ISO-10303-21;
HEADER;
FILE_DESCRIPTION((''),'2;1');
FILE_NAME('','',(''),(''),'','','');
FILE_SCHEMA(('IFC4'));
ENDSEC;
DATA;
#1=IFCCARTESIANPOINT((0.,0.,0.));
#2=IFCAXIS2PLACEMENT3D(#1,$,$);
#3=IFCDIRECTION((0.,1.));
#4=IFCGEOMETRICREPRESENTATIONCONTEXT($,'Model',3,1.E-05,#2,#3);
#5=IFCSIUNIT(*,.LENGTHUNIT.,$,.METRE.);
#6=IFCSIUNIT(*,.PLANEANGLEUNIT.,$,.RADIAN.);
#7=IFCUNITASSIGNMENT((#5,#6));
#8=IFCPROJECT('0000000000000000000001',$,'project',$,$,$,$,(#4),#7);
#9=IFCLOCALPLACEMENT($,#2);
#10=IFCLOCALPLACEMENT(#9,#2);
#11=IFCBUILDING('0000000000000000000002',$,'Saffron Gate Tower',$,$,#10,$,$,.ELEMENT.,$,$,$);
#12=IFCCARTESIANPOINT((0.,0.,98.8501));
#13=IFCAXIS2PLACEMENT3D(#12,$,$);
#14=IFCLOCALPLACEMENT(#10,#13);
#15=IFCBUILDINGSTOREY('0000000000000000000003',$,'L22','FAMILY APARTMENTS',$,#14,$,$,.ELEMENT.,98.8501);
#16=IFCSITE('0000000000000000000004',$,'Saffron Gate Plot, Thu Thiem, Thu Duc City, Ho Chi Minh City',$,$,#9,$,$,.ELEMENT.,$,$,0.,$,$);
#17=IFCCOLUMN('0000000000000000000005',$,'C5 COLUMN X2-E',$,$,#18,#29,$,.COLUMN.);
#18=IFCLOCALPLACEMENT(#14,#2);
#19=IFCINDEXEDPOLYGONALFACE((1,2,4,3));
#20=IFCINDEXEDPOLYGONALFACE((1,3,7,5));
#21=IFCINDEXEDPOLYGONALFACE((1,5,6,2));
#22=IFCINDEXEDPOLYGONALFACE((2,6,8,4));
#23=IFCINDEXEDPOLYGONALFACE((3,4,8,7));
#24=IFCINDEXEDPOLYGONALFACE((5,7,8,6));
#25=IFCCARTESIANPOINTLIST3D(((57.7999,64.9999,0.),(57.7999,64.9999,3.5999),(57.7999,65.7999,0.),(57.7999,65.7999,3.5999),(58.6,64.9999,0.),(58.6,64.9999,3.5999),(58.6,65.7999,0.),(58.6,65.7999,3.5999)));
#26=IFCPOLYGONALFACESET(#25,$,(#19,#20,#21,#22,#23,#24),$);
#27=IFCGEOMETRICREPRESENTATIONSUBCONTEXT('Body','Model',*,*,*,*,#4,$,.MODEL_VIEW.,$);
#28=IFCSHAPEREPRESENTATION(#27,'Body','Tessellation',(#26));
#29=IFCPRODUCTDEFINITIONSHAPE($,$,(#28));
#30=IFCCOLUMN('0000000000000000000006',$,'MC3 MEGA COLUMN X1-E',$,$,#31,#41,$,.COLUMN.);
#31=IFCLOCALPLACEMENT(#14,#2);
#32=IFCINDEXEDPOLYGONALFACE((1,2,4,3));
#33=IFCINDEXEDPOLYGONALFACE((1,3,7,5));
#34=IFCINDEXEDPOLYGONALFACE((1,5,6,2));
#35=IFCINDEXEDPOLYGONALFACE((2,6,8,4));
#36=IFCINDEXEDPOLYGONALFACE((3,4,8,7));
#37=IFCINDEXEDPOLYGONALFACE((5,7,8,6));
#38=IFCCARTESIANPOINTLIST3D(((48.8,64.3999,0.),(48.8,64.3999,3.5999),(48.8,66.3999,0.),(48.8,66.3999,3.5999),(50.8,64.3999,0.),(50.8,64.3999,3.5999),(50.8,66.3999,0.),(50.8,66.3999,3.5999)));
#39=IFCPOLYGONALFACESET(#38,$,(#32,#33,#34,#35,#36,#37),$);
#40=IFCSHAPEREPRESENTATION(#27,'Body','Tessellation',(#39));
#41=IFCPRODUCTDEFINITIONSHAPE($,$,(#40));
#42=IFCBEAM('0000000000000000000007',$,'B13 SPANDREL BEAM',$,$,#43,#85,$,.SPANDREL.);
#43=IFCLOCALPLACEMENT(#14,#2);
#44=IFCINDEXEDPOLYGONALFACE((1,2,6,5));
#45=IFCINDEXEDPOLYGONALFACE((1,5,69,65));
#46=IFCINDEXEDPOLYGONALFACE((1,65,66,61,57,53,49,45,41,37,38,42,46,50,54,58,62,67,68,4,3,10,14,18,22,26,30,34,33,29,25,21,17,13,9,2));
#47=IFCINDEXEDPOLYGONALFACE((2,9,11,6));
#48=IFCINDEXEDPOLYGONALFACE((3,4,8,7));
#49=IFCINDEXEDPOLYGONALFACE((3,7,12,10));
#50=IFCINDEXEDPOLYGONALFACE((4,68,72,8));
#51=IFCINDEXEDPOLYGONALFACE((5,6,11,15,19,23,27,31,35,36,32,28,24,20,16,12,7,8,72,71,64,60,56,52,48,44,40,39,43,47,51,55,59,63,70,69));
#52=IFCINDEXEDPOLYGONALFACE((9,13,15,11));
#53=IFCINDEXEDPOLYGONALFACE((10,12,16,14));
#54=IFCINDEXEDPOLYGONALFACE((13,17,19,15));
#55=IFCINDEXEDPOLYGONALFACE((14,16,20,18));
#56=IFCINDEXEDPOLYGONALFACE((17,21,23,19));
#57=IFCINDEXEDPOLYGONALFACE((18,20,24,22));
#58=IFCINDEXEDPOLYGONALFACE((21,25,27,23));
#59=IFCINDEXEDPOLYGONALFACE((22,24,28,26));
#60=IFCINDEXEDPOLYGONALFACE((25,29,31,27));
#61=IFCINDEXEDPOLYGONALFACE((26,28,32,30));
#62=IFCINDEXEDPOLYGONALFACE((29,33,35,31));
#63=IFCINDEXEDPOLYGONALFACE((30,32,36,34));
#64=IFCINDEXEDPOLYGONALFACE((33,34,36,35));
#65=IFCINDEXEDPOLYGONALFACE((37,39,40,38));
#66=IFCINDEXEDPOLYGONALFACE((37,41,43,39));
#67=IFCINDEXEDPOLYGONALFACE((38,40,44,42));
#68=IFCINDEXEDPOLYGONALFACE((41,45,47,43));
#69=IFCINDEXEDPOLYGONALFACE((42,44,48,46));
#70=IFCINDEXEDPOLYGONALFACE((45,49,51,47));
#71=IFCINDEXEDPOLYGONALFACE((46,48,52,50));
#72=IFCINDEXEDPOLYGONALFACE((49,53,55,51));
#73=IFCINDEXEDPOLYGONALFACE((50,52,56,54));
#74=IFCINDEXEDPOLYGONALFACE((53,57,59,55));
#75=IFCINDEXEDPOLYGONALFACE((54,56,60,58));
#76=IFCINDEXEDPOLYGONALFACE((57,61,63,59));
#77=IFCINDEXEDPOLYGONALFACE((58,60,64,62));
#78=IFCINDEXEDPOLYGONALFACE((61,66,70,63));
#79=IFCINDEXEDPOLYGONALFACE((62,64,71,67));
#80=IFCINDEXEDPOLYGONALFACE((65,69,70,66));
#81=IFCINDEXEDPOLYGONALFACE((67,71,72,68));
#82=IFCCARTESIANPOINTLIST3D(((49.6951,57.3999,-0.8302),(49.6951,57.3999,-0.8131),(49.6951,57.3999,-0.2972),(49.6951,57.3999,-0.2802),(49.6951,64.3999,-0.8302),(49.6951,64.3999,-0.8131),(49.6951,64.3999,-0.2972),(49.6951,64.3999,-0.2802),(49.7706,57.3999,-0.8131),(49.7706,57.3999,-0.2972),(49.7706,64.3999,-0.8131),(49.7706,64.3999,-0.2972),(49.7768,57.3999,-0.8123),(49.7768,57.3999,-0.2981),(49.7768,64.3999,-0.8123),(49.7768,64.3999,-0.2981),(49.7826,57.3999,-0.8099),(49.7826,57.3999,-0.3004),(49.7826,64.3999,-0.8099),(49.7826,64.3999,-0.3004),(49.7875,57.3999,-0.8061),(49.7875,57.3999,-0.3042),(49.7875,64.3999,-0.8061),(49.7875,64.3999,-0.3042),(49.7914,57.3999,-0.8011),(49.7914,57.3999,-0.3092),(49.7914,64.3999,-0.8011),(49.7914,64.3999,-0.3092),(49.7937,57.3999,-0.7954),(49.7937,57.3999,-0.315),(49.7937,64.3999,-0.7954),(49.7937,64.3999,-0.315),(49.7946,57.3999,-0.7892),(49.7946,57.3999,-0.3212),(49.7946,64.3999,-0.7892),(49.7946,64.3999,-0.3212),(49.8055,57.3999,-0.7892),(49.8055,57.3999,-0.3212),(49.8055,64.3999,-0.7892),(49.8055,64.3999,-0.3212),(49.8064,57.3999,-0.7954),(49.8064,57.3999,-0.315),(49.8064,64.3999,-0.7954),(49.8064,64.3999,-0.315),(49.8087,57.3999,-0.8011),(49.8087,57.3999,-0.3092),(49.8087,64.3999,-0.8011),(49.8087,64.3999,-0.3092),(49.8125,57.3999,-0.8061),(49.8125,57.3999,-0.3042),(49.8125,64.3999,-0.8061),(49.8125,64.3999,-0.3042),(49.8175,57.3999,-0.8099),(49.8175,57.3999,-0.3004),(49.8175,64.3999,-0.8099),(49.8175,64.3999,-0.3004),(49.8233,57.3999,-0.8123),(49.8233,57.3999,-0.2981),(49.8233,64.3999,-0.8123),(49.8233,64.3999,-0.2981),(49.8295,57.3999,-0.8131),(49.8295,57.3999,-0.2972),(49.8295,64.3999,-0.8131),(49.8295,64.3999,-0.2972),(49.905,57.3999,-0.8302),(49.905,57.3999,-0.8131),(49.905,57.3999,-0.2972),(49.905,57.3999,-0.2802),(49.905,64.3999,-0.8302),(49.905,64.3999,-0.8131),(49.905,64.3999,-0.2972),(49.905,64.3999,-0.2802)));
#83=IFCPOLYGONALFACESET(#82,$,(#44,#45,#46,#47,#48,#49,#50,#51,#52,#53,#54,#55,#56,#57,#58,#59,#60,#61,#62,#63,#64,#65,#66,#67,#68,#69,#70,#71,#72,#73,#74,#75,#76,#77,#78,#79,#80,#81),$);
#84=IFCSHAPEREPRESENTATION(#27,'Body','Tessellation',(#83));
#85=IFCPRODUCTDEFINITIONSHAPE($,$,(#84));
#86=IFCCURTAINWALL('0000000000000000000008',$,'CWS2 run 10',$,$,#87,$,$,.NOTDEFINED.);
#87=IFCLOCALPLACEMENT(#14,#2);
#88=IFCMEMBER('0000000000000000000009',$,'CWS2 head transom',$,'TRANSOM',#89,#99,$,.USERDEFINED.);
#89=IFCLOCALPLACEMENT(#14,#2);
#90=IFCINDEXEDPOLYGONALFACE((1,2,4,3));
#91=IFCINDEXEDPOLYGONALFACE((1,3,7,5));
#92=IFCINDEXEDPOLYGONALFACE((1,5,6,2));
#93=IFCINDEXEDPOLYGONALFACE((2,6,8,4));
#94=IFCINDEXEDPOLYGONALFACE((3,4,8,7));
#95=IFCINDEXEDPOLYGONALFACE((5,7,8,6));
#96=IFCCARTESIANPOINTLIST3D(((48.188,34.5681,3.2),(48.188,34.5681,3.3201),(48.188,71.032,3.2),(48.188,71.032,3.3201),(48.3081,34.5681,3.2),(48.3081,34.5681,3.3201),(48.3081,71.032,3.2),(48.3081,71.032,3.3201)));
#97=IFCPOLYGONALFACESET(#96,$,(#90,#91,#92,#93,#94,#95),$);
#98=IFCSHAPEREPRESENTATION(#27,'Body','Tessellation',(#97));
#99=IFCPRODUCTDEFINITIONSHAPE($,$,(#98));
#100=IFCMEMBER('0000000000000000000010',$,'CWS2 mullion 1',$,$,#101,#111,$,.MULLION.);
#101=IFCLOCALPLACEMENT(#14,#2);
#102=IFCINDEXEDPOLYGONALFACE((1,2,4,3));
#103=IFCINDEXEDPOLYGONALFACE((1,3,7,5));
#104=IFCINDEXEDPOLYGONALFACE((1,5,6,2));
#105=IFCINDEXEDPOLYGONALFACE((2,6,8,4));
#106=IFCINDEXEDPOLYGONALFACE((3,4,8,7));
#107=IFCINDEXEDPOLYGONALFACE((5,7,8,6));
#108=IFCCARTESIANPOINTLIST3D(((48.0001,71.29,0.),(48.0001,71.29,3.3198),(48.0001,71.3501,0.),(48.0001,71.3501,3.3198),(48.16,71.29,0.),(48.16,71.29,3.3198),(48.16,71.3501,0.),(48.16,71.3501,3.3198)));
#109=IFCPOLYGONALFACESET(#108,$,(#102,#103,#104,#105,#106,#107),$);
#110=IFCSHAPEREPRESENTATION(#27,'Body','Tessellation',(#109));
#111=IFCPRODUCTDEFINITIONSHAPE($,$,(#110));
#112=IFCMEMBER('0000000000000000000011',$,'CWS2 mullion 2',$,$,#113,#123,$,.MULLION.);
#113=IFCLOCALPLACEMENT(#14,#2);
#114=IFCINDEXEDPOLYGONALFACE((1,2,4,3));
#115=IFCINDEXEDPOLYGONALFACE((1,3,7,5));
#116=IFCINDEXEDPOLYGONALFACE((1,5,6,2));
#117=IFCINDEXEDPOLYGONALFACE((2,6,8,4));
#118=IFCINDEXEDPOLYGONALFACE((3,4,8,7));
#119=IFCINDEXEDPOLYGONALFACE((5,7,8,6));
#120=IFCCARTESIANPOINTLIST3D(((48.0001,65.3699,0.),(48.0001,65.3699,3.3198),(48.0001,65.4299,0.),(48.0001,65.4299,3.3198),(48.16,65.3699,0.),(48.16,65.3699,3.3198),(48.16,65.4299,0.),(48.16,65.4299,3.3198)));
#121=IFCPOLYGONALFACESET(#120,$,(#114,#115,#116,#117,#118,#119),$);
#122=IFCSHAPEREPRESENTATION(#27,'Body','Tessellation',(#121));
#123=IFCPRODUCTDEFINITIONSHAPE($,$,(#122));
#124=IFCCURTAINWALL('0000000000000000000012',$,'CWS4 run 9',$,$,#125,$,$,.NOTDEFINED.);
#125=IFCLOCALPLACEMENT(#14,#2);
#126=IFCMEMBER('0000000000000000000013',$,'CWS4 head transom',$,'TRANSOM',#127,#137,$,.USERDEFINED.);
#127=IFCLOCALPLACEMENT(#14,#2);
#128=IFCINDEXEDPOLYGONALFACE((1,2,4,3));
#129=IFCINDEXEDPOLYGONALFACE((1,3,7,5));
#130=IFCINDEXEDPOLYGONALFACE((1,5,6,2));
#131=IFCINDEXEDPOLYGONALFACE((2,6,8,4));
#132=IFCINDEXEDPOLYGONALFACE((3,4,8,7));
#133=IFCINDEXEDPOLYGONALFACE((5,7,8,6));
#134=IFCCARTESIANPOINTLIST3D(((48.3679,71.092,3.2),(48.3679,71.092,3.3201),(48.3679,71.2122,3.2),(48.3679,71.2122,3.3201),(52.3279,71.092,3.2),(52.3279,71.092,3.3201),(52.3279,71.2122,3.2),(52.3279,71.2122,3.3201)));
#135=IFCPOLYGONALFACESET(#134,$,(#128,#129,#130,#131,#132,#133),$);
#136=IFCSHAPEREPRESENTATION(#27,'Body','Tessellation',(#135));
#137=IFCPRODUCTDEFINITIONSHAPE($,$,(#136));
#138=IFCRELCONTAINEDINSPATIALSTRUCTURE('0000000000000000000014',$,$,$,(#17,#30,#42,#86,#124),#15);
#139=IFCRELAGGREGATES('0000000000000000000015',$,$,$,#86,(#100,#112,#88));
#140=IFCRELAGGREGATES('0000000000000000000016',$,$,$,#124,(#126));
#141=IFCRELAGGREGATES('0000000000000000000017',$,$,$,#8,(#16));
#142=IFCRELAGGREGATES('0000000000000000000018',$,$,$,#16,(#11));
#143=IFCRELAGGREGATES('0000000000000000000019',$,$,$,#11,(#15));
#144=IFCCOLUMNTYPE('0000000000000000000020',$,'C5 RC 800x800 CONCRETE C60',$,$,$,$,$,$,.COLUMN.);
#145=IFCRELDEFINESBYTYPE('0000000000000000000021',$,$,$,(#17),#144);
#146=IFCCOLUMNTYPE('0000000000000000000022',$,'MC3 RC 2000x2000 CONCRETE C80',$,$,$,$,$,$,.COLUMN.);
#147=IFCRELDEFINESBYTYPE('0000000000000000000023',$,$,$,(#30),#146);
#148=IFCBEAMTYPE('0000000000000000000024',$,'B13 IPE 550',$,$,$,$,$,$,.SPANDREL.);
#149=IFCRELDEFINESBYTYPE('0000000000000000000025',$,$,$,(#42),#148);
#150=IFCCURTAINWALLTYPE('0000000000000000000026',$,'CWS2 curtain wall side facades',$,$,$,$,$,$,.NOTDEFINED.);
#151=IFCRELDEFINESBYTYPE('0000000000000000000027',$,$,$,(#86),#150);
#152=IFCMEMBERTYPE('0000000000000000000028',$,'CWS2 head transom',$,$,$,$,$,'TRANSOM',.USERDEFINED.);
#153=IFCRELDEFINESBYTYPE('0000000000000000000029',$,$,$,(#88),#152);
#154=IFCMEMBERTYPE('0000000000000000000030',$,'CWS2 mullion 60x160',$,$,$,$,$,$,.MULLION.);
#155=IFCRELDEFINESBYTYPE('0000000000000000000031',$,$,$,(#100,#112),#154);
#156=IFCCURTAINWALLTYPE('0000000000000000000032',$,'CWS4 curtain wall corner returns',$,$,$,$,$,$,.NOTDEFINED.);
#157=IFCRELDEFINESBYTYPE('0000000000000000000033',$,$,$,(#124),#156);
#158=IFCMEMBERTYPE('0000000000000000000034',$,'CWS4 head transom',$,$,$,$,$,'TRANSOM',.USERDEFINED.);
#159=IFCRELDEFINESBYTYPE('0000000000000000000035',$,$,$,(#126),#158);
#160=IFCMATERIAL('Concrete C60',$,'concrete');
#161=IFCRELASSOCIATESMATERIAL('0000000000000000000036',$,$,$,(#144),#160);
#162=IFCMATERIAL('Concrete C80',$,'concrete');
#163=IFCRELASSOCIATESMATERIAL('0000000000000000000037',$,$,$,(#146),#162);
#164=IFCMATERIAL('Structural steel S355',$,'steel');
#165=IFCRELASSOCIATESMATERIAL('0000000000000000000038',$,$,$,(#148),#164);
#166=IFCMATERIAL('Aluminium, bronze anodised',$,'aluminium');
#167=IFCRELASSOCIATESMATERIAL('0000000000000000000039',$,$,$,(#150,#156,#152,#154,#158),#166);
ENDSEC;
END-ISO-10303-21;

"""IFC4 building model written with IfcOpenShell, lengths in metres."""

from ifc_helpers import new_model, si_unit, direction, frame, origin, origin_2d, place, context, subcontext, project, spatial, rectangle, i_section, extrude, material, material_profile, profile_set, type_object, element, aggregate, save


model = new_model("IFC4")

# Units and contexts
model_context = context("Model", 3, precision=1e-05, world=origin(), true_north=direction((0.0, 1.0)))
body_context = subcontext(model_context, "Body", "Model", "MODEL_VIEW")
ifc_project = project(units=[si_unit("LENGTHUNIT", "METRE"), si_unit("PLANEANGLEUNIT", "RADIAN")], contexts=[model_context])

# Site, building, storey
site_placement = place(None, origin())
site = spatial("IfcSite", under=ifc_project, at=site_placement, Name="Saffron Gate Plot, Thu Thiem, Thu Duc City, Ho Chi Minh City", CompositionType="ELEMENT", RefElevation=0.0)
building_placement = place(site_placement, origin())
building = spatial("IfcBuilding", under=site, at=building_placement, Name="Saffron Gate Tower", CompositionType="ELEMENT")
storey_placement = place(building_placement, frame((0.0, 0.0, 98.8501)))
storey = spatial("IfcBuildingStorey", under=building, at=storey_placement, Name="L22", Description="FAMILY APARTMENTS", CompositionType="ELEMENT", Elevation=98.8501)

# Columns
ifc_material_1 = material(Name="Concrete C60", Category="concrete")
ifc_material_profile_1 = material_profile(ifc_material_1, rectangle(XDim=0.8, YDim=0.8, at=origin_2d()))
ifc_profile_set_1 = profile_set([ifc_material_profile_1], Name="Concrete C60")
column_type_1 = type_object("IfcColumnType", Name="C5 RC 800x800 CONCRETE C60", PredefinedType="COLUMN", material=ifc_profile_set_1)
column_1_placement = place(storey_placement, frame((58.2, 65.3999, 0.0), z_axis=(0.0, 0.0, 1.0), x_axis=(1.0, 0.0, 0.0)))
element("IfcColumn", 1, at=column_1_placement, inside=storey, type_object=column_type_1, Name="C5 COLUMN X2-E", PredefinedType="COLUMN", context=body_context, shape_type="SweptSolid", body=[
    extrude(rectangle(XDim=0.8, YDim=0.8, at=origin_2d()), origin(), (0.0, 0.0, 1.0), 3.5999),
])
ifc_material_2 = material(Name="Concrete C80", Category="concrete")
ifc_material_profile_2 = material_profile(ifc_material_2, rectangle(XDim=2.0, YDim=2.0, at=origin_2d()))
ifc_profile_set_2 = profile_set([ifc_material_profile_2], Name="Concrete C80")
column_type_2 = type_object("IfcColumnType", Name="MC3 RC 2000x2000 CONCRETE C80", PredefinedType="COLUMN", material=ifc_profile_set_2)
column_2_placement = place(storey_placement, frame((49.8, 65.3999, 0.0), z_axis=(0.0, 0.0, 1.0), x_axis=(1.0, 0.0, 0.0)))
element("IfcColumn", 2, at=column_2_placement, inside=storey, type_object=column_type_2, Name="MC3 MEGA COLUMN X1-E", PredefinedType="COLUMN", context=body_context, shape_type="SweptSolid", body=[
    extrude(rectangle(XDim=2.0, YDim=2.0, at=origin_2d()), origin(), (0.0, 0.0, 1.0), 3.5999),
])

# Beam
ifc_material_3 = material(Name="Structural steel S355", Category="steel")
ifc_material_profile_3 = material_profile(ifc_material_3, i_section(OverallWidth=0.21, OverallDepth=0.55, WebThickness=0.011, FlangeThickness=0.0171, FilletRadius=0.0239, at=origin_2d()))
ifc_profile_set_3 = profile_set([ifc_material_profile_3], Name="Structural steel S355")
beam_type = type_object("IfcBeamType", Name="B13 IPE 550", PredefinedType="SPANDREL", material=ifc_profile_set_3)
beam_placement = place(storey_placement, frame((49.8, 57.3999, -0.5552), z_axis=(0.0, 1.0, 0.0), x_axis=(-1.0, 0.0, 0.0)))
element("IfcBeam", 3, at=beam_placement, inside=storey, type_object=beam_type, Name="B13 SPANDREL BEAM", PredefinedType="SPANDREL", context=body_context, shape_type="SweptSolid", body=[
    extrude(i_section(OverallWidth=0.21, OverallDepth=0.55, WebThickness=0.011, FlangeThickness=0.0171, FilletRadius=0.0239, at=origin_2d()), origin(), (0.0, 0.0, 1.0), 7.0),
])

# Curtain wall, members
ifc_material_4 = material(Name="Aluminium, bronze anodised", Category="aluminium")
curtain_wall_type_1 = type_object("IfcCurtainWallType", Name="CWS2 curtain wall side facades", PredefinedType="NOTDEFINED", material=ifc_material_4)
curtain_wall_1_placement = place(storey_placement, origin())
curtain_wall_1 = element("IfcCurtainWall", 4, at=curtain_wall_1_placement, inside=storey, type_object=curtain_wall_type_1, Name="CWS2 run 10", PredefinedType="NOTDEFINED")
ifc_material_profile_4 = material_profile(ifc_material_4, rectangle(XDim=0.1201, YDim=0.1201, at=origin_2d()))
ifc_profile_set_4 = profile_set([ifc_material_profile_4], Name="Aluminium, bronze anodised")
member_type_1 = type_object("IfcMemberType", Name="CWS2 head transom", ElementType="TRANSOM", PredefinedType="USERDEFINED", material=ifc_profile_set_4)
member_1_placement = place(storey_placement, frame((48.248, 71.032, 3.26), z_axis=(0.0, -1.0, 0.0), x_axis=(1.0, 0.0, 0.0)))
member_1 = element("IfcMember", 5, at=member_1_placement, type_object=member_type_1, Name="CWS2 head transom", ObjectType="TRANSOM", PredefinedType="USERDEFINED", context=body_context, shape_type="SweptSolid", body=[
    extrude(rectangle(XDim=0.1201, YDim=0.1201, at=origin_2d()), origin(), (0.0, 0.0, 1.0), 36.4639),
])
ifc_material_profile_5 = material_profile(ifc_material_4, rectangle(XDim=0.1599, YDim=0.0601, at=origin_2d()))
ifc_profile_set_5 = profile_set([ifc_material_profile_5], Name="Aluminium, bronze anodised")
member_type_2 = type_object("IfcMemberType", Name="CWS2 mullion 60x160", PredefinedType="MULLION", material=ifc_profile_set_5)
member_2_placement = place(storey_placement, frame((48.0801, 71.3201, 0.0), z_axis=(0.0, 0.0, 1.0), x_axis=(1.0, 0.0, 0.0)))
member_2 = element("IfcMember", 6, at=member_2_placement, type_object=member_type_2, Name="CWS2 mullion 1", PredefinedType="MULLION", context=body_context, shape_type="SweptSolid", body=[
    extrude(rectangle(XDim=0.1599, YDim=0.0601, at=origin_2d()), origin(), (0.0, 0.0, 1.0), 3.3198),
])
member_3_placement = place(storey_placement, frame((48.0801, 65.3999, 0.0), z_axis=(0.0, 0.0, 1.0), x_axis=(1.0, 0.0, 0.0)))
member_3 = element("IfcMember", 7, at=member_3_placement, type_object=member_type_2, Name="CWS2 mullion 2", PredefinedType="MULLION", context=body_context, shape_type="SweptSolid", body=[
    extrude(rectangle(XDim=0.1599, YDim=0.0601, at=origin_2d()), origin(), (0.0, 0.0, 1.0), 3.3198),
])

# Curtain wall, member
curtain_wall_type_2 = type_object("IfcCurtainWallType", Name="CWS4 curtain wall corner returns", PredefinedType="NOTDEFINED", material=ifc_material_4)
curtain_wall_2_placement = place(storey_placement, origin())
curtain_wall_2 = element("IfcCurtainWall", 8, at=curtain_wall_2_placement, inside=storey, type_object=curtain_wall_type_2, Name="CWS4 run 9", PredefinedType="NOTDEFINED")
ifc_material_profile_6 = material_profile(ifc_material_4, rectangle(XDim=0.1201, YDim=0.1201, at=origin_2d()))
ifc_profile_set_6 = profile_set([ifc_material_profile_6], Name="Aluminium, bronze anodised")
member_type_3 = type_object("IfcMemberType", Name="CWS4 head transom", ElementType="TRANSOM", PredefinedType="USERDEFINED", material=ifc_profile_set_6)
member_4_placement = place(storey_placement, frame((52.3279, 71.1521, 3.26), z_axis=(-1.0, 0.0, 0.0), x_axis=(0.0, -1.0, 0.0)))
member_4 = element("IfcMember", 9, at=member_4_placement, type_object=member_type_3, Name="CWS4 head transom", ObjectType="TRANSOM", PredefinedType="USERDEFINED", context=body_context, shape_type="SweptSolid", body=[
    extrude(rectangle(XDim=0.1201, YDim=0.1201, at=origin_2d()), origin(), (0.0, 0.0, 1.0), 3.96),
])

aggregate(curtain_wall_1, [member_2, member_3, member_1])

aggregate(curtain_wall_2, [member_4])

save(model, "model.ifc")
